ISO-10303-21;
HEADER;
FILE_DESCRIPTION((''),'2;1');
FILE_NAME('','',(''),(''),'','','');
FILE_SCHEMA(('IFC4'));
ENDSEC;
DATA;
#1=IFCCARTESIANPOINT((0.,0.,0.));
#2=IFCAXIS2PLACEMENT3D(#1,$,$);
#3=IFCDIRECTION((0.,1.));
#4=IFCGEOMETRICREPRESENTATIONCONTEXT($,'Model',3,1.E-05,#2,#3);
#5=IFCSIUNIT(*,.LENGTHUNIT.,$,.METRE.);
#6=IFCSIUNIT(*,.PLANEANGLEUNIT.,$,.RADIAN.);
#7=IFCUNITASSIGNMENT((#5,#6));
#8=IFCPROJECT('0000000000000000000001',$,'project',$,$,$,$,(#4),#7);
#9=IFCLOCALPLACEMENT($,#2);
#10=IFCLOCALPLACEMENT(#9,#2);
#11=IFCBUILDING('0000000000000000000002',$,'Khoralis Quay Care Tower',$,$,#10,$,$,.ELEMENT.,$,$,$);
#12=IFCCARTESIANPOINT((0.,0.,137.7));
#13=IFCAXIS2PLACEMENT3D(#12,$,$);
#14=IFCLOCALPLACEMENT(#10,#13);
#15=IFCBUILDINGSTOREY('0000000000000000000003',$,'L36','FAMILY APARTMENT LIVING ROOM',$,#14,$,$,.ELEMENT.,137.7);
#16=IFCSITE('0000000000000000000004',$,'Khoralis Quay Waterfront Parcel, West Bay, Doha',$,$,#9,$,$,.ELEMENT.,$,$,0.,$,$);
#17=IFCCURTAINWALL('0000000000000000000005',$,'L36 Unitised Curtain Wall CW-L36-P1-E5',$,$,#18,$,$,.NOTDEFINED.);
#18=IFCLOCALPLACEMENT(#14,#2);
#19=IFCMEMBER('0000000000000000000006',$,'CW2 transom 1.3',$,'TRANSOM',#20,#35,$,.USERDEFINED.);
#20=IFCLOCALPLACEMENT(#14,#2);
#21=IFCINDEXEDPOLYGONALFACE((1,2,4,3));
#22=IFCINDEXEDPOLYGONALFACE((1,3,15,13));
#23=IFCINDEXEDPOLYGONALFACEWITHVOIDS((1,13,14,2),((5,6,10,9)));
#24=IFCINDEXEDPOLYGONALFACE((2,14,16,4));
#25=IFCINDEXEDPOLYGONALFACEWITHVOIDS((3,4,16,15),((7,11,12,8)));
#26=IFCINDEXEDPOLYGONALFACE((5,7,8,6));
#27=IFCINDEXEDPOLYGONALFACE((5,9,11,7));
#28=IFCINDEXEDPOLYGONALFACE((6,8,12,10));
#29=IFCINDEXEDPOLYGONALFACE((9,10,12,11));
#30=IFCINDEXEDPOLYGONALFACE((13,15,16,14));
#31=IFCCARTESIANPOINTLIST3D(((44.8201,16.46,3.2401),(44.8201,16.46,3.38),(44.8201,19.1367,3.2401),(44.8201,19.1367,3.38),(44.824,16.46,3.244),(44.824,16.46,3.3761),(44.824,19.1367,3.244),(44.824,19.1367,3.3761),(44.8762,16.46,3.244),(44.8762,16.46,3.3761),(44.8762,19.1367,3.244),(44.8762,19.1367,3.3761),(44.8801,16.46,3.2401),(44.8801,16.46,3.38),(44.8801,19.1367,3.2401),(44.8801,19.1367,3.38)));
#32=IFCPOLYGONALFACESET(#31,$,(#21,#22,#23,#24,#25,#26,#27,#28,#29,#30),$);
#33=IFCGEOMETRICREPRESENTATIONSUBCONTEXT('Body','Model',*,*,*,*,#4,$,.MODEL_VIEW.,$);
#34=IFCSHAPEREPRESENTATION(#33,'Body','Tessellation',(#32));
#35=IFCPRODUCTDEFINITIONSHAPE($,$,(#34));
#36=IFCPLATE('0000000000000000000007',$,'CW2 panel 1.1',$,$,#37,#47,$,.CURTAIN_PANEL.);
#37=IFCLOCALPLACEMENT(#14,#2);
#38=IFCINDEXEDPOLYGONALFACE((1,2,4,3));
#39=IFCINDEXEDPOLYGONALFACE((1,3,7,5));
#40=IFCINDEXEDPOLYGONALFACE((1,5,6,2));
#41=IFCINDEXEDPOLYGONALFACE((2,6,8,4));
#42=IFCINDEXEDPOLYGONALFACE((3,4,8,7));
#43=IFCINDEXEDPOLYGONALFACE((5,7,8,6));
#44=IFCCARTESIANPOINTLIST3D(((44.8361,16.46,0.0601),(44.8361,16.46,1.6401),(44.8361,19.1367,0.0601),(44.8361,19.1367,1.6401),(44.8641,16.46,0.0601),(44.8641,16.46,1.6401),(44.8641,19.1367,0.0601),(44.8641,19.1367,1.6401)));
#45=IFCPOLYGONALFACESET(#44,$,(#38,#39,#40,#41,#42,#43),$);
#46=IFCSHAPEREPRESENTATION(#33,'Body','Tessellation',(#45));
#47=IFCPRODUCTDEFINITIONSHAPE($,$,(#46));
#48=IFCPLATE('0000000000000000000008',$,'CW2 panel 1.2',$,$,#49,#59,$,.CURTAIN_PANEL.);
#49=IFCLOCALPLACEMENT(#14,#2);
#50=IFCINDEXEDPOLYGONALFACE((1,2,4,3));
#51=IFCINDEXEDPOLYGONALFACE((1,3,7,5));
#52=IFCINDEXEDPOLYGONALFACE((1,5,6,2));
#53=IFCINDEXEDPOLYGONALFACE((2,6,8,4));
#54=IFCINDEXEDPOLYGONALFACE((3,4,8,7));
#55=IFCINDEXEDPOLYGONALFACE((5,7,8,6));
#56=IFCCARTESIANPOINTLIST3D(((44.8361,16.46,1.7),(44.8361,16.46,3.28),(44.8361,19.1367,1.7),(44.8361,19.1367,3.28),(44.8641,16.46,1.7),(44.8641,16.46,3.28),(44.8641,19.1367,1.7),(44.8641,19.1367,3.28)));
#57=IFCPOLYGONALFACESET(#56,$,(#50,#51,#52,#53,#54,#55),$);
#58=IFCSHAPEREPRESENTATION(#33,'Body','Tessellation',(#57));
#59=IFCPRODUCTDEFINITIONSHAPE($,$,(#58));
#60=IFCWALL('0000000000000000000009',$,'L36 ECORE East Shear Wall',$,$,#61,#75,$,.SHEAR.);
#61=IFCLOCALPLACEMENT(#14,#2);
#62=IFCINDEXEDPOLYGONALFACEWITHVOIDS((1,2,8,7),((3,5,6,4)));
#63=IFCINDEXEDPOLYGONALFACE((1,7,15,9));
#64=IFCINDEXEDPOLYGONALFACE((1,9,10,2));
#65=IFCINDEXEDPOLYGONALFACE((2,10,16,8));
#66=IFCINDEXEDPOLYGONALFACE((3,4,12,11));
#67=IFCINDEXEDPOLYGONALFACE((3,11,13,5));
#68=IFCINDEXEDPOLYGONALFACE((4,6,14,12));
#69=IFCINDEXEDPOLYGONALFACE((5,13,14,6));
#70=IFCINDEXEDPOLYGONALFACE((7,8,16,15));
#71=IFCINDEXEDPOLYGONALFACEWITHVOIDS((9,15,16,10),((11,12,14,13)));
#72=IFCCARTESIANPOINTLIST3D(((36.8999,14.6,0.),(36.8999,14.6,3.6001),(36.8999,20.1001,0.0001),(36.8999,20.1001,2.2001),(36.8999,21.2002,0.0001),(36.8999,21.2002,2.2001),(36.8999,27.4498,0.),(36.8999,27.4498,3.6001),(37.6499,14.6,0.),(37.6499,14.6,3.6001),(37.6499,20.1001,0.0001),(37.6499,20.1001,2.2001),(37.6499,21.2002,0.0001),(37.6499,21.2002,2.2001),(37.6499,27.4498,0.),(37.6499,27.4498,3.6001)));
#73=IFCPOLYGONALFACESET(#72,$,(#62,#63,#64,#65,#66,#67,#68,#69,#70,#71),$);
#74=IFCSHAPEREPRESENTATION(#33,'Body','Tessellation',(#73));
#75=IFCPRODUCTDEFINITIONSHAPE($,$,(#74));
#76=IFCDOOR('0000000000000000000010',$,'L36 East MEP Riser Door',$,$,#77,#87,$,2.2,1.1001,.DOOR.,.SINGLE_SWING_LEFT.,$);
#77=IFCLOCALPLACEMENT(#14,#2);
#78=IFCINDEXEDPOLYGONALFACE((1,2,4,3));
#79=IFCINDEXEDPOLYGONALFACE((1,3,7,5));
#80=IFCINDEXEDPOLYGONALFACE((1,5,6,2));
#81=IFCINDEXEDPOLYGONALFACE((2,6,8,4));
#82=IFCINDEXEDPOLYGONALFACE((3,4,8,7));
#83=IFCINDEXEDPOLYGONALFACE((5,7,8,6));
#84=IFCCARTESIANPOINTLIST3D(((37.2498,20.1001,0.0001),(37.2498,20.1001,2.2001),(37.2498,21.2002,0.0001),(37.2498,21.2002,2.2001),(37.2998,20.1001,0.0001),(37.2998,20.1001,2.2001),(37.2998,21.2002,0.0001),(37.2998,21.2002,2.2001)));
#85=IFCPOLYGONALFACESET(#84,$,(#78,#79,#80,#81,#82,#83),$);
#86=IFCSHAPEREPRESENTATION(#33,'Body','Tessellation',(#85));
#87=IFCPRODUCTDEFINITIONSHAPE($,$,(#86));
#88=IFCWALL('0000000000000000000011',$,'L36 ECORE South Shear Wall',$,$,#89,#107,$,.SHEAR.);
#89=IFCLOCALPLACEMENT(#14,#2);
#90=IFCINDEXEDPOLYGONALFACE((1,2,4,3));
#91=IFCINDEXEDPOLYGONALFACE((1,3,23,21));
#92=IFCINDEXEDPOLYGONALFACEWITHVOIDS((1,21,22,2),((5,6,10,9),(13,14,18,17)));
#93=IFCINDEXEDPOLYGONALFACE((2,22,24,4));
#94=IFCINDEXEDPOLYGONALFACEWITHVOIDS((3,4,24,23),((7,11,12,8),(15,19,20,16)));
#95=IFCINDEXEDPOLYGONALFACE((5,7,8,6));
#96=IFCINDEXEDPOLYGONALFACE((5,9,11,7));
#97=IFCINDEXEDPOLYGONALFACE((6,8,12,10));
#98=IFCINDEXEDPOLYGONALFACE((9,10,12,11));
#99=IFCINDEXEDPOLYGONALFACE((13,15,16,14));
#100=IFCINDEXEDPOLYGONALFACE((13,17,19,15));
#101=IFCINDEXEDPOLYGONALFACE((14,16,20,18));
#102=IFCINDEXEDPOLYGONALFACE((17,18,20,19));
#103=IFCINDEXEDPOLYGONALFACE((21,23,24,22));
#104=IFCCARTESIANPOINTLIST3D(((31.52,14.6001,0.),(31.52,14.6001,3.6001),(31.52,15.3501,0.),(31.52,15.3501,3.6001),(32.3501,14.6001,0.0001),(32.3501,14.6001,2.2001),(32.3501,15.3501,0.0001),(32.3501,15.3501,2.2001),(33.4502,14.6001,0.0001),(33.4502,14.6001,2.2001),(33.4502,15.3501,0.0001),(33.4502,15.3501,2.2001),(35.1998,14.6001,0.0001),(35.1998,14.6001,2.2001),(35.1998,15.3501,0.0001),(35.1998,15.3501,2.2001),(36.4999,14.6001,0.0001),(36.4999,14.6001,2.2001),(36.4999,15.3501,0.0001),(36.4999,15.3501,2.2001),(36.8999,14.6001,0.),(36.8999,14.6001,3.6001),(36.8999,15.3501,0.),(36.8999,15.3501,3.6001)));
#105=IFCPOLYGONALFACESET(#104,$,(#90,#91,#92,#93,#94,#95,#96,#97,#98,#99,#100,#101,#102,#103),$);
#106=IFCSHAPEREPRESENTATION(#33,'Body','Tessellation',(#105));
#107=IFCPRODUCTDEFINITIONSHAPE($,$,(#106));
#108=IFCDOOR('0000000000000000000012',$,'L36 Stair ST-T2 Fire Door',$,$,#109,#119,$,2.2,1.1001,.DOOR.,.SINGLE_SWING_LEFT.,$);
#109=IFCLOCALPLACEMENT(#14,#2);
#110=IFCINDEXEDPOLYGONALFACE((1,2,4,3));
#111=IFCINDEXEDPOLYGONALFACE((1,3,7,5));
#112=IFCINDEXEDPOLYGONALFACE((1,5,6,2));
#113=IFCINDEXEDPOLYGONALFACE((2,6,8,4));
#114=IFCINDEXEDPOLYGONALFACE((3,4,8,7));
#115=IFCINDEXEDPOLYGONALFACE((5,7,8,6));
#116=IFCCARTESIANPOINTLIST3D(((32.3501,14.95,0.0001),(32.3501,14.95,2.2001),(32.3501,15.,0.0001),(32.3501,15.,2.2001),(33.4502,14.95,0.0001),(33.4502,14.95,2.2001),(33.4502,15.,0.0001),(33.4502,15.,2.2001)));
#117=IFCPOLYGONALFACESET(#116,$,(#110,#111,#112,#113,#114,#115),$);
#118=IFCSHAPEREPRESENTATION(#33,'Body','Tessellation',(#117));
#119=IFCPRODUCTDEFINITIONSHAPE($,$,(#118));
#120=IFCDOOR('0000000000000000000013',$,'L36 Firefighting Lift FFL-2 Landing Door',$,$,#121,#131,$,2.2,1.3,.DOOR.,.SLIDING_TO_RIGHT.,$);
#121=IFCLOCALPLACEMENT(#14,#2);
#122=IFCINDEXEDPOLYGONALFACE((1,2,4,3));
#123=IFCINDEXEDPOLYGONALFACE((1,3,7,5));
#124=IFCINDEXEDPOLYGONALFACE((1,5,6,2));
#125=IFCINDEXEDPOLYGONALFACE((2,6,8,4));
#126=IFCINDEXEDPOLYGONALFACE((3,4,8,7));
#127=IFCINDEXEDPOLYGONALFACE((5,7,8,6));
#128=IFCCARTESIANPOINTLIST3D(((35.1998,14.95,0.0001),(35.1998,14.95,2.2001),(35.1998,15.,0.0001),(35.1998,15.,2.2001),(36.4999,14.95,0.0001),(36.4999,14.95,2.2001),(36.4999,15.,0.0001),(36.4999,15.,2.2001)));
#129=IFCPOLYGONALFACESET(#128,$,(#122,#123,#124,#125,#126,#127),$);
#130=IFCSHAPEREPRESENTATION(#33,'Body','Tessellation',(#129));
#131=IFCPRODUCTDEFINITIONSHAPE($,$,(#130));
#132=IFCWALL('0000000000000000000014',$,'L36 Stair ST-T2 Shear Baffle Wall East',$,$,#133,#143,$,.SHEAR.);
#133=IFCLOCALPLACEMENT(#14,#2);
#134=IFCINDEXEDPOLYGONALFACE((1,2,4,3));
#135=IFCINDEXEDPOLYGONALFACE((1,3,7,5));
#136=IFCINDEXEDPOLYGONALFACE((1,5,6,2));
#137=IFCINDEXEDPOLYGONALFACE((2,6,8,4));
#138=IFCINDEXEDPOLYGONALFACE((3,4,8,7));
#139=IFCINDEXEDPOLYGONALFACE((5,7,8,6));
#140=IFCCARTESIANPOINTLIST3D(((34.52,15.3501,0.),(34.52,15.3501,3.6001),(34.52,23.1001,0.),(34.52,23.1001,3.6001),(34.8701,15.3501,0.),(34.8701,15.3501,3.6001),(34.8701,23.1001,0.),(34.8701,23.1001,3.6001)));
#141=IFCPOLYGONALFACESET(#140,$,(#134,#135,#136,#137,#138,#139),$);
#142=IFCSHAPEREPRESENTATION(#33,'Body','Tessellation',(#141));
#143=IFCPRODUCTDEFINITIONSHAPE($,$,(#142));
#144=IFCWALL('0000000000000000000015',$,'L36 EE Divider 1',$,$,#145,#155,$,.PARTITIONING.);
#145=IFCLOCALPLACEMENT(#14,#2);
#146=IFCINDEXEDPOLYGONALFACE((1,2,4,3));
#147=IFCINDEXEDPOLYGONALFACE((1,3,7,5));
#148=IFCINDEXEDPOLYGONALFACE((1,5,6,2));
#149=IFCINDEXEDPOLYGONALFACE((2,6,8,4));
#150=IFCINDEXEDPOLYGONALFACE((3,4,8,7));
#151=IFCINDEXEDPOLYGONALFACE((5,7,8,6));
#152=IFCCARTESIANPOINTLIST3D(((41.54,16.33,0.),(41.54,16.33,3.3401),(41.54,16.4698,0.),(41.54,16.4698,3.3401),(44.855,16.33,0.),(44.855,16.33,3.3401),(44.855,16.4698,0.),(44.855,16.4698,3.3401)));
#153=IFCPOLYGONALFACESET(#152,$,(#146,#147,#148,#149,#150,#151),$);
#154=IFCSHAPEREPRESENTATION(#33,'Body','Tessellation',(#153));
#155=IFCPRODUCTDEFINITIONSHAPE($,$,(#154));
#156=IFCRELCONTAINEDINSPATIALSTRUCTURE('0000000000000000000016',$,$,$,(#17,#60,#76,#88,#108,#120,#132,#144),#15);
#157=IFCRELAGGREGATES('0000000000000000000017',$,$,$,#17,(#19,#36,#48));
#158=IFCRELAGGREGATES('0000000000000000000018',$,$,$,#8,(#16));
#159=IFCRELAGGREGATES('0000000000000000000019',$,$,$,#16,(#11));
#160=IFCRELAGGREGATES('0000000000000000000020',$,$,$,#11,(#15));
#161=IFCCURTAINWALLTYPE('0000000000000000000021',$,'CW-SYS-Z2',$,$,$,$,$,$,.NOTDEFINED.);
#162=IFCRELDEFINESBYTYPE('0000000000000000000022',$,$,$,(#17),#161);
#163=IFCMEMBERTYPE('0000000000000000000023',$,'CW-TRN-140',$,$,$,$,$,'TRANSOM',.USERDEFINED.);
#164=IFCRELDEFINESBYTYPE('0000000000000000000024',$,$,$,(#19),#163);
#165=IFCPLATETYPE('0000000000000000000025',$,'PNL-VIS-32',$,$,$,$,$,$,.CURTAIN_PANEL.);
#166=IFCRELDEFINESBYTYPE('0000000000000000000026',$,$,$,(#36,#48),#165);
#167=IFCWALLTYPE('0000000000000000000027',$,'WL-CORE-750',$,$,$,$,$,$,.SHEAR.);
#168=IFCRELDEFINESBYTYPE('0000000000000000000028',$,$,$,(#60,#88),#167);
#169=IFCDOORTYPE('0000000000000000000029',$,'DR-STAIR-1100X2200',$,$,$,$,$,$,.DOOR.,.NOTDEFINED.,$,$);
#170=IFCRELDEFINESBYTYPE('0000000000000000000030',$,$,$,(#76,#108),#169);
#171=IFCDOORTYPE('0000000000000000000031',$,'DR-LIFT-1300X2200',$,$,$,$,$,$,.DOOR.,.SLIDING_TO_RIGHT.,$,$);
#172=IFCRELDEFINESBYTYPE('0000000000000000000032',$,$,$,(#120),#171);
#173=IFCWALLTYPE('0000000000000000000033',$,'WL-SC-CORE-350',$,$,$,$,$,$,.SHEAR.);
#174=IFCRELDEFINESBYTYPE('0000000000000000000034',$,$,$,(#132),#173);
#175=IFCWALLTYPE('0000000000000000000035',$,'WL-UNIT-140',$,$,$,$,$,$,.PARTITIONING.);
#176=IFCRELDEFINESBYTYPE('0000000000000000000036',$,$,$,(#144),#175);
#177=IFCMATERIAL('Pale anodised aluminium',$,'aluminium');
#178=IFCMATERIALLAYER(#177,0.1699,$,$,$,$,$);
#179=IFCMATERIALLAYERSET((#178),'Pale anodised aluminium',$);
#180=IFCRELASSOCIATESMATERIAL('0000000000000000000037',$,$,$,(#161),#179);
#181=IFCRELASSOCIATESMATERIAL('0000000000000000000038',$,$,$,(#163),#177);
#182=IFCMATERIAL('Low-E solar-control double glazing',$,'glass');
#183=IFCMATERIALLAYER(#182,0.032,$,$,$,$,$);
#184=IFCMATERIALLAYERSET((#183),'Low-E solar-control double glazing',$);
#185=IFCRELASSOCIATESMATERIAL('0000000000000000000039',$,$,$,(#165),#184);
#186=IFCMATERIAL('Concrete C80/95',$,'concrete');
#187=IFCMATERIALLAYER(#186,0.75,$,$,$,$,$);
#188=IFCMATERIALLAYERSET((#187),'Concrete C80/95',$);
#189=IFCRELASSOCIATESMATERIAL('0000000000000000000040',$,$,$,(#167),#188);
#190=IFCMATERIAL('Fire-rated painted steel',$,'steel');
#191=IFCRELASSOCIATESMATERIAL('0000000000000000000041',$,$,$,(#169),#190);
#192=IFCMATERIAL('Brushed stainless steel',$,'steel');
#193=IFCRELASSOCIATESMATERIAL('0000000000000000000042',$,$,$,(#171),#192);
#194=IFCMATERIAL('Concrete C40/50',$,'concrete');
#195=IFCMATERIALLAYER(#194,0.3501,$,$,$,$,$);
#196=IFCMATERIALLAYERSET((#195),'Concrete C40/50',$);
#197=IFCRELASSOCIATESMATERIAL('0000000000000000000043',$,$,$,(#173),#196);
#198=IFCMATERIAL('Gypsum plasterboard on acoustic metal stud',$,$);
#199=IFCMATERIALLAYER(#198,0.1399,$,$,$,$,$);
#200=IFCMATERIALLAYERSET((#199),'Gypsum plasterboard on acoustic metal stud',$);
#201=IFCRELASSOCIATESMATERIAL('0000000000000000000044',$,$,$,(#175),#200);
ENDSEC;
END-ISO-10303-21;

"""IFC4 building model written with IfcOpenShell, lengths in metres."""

from ifc_helpers import new_model, si_unit, direction, frame, frame_2d, origin, origin_2d, place, context, subcontext, project, spatial, rectangle, hollow_rectangle, extrude, source, transform, mapped, material, layer, layer_set, material_profile, profile_set, type_object, element, fill, aggregate, save


model = new_model("IFC4")

# Units and contexts
model_context = context("Model", 3, precision=1e-05, world=origin(), true_north=direction((0.0, 1.0)))
body_context = subcontext(model_context, "Body", "Model", "MODEL_VIEW")
ifc_project = project(units=[si_unit("LENGTHUNIT", "METRE"), si_unit("PLANEANGLEUNIT", "RADIAN")], contexts=[model_context])

# Site, building, storey
site_placement = place(None, origin())
site = spatial("IfcSite", under=ifc_project, at=site_placement, Name="Khoralis Quay Waterfront Parcel, West Bay, Doha", CompositionType="ELEMENT", RefElevation=0.0)
building_placement = place(site_placement, origin())
building = spatial("IfcBuilding", under=site, at=building_placement, Name="Khoralis Quay Care Tower", CompositionType="ELEMENT")
storey_placement = place(building_placement, frame((0.0, 0.0, 137.7)))
storey = spatial("IfcBuildingStorey", under=building, at=storey_placement, Name="L36", Description="FAMILY APARTMENT LIVING ROOM", CompositionType="ELEMENT", Elevation=137.7)

# Curtain wall, member, plates
ifc_material_1 = material(Name="Pale anodised aluminium", Category="aluminium")
ifc_layer_1 = layer(ifc_material_1, 0.1699)
ifc_layer_set_1 = layer_set([ifc_layer_1], Name="Pale anodised aluminium")
curtain_wall_type = type_object("IfcCurtainWallType", Name="CW-SYS-Z2", PredefinedType="NOTDEFINED", material=ifc_layer_set_1)
curtain_wall_placement = place(storey_placement, origin())
curtain_wall = element("IfcCurtainWall", 1, at=curtain_wall_placement, inside=storey, type_object=curtain_wall_type, Name="L36 Unitised Curtain Wall CW-L36-P1-E5", PredefinedType="NOTDEFINED")
ifc_material_profile_1 = material_profile(ifc_material_1, hollow_rectangle(XDim=0.0601, YDim=0.1399, WallThickness=0.0039, at=origin_2d()), Name="Pale anodised aluminium")
ifc_profile_set_1 = profile_set([ifc_material_profile_1], Name="Pale anodised aluminium")
member_type_1 = type_object("IfcMemberType", Name="CW-TRN-140", ElementType="TRANSOM", PredefinedType="USERDEFINED", material=ifc_profile_set_1)
shared_shape_1 = source(origin(), body_context, "Body", "SweptSolid", [
    extrude(hollow_rectangle(XDim=0.0601, YDim=0.1399, WallThickness=0.0039, at=origin_2d()), origin(), (0.0, 0.0, 1.0), 2.6768),
])
member_1_placement = place(storey_placement, frame((44.8501, 16.46, 3.3101), z_axis=(0.0, 1.0, 0.0), x_axis=(-1.0, 0.0, 0.0)))
member_1 = element("IfcMember", 2, at=member_1_placement, type_object=member_type_1, Name="CW2 transom 1.3", ObjectType="TRANSOM", PredefinedType="USERDEFINED", context=body_context, shape_type="MappedRepresentation", body=[
    mapped(shared_shape_1, transform((0.0, 0.0, 0.0), scale=1.0)),
])
ifc_material_2 = material(Name="Low-E solar-control double glazing", Category="glass")
ifc_layer_2 = layer(ifc_material_2, 0.032)
ifc_layer_set_2 = layer_set([ifc_layer_2], Name="Low-E solar-control double glazing")
plate_type = type_object("IfcPlateType", Name="PNL-VIS-32", PredefinedType="CURTAIN_PANEL", material=ifc_layer_set_2)
shared_shape_2 = source(origin(), body_context, "Body", "SweptSolid", [
    extrude(rectangle(XDim=2.6768, YDim=0.0281, at=origin_2d()), origin(), (0.0, 0.0, 1.0), 1.5801),
])
plate_1_placement = place(storey_placement, frame((44.8501, 17.7983, 0.0601), z_axis=(0.0, 0.0, 1.0), x_axis=(0.0, 1.0, 0.0)))
plate_1 = element("IfcPlate", 3, at=plate_1_placement, type_object=plate_type, Name="CW2 panel 1.1", PredefinedType="CURTAIN_PANEL", context=body_context, shape_type="MappedRepresentation", body=[
    mapped(shared_shape_2, transform((0.0, 0.0, 0.0), scale=1.0)),
])
plate_2_placement = place(storey_placement, frame((44.8501, 17.7983, 1.7), z_axis=(0.0, 0.0, 1.0), x_axis=(0.0, 1.0, 0.0)))
plate_2 = element("IfcPlate", 4, at=plate_2_placement, type_object=plate_type, Name="CW2 panel 1.2", PredefinedType="CURTAIN_PANEL", context=body_context, shape_type="MappedRepresentation", body=[
    mapped(shared_shape_2, transform((0.0, 0.0, 0.0), scale=1.0)),
])
aggregate(curtain_wall, [member_1, plate_1, plate_2])

# Wall, opening, door
ifc_material_3 = material(Name="Concrete C80/95", Category="concrete")
ifc_layer_3 = layer(ifc_material_3, 0.75)
ifc_layer_set_3 = layer_set([ifc_layer_3], Name="Concrete C80/95")
wall_type_1 = type_object("IfcWallType", Name="WL-CORE-750", PredefinedType="SHEAR", material=ifc_layer_set_3)
wall_1_placement = place(storey_placement, frame((37.2749, 14.6001, 0.0), z_axis=(0.0, 0.0, 1.0), x_axis=(0.0, 1.0, 0.0)))
wall_1 = element("IfcWall", 5, at=wall_1_placement, inside=storey, type_object=wall_type_1, Name="L36 ECORE East Shear Wall", PredefinedType="SHEAR", context=body_context, shape_type="SweptSolid", body=[
    extrude(rectangle(XDim=12.8499, YDim=0.75, at=frame_2d((6.4248, 0.0))), origin(), (0.0, 0.0, 1.0), 3.6001),
])
opening_1_placement = place(wall_1_placement, frame((5.5, 0.0, 0.0)))
opening_1 = element("IfcOpeningElement", 6, at=opening_1_placement, cuts=wall_1, PredefinedType="OPENING", context=body_context, shape_type="SweptSolid", body=[
    extrude(rectangle(XDim=1.1001, YDim=2.2, at=frame_2d((0.55, 1.1001))), frame((0.0, 0.385, 0.0), z_axis=(0.0, -1.0, 0.0), x_axis=(1.0, 0.0, 0.0)), (0.0, 0.0, 1.0), 0.77),
])
ifc_material_4 = material(Name="Fire-rated painted steel", Category="steel")
door_type_1 = type_object("IfcDoorType", Name="DR-STAIR-1100X2200", OperationType="NOTDEFINED", PredefinedType="DOOR", material=ifc_material_4)
shared_shape_3 = source(origin(), body_context, "Body", "SweptSolid", [
    extrude(rectangle(XDim=1.1001, YDim=2.2, at=frame_2d((0.55, 1.1001))), frame((0.0, 0.0249, 0.0), z_axis=(0.0, -1.0, 0.0), x_axis=(1.0, 0.0, 0.0)), (0.0, 0.0, 1.0), 0.05),
])
door_1_placement = place(opening_1_placement, frame((1.1001, 0.0, 0.0), z_axis=(0.0, 0.0, 1.0), x_axis=(-1.0, 0.0, 0.0)))
door_1 = element("IfcDoor", 7, at=door_1_placement, inside=storey, type_object=door_type_1, Name="L36 East MEP Riser Door", OperationType="SINGLE_SWING_LEFT", OverallHeight=2.2, OverallWidth=1.1001, PredefinedType="DOOR", context=body_context, shape_type="MappedRepresentation", body=[
    mapped(shared_shape_3, transform((0.0, 0.0, 0.0), scale=1.0)),
])
fill(opening_1, door_1)

# Wall, openings, doors
wall_2_placement = place(storey_placement, frame((31.52, 14.9751, 0.0), z_axis=(0.0, 0.0, 1.0), x_axis=(1.0, 0.0, 0.0)))
wall_2 = element("IfcWall", 8, at=wall_2_placement, inside=storey, type_object=wall_type_1, Name="L36 ECORE South Shear Wall", PredefinedType="SHEAR", context=body_context, shape_type="SweptSolid", body=[
    extrude(rectangle(XDim=5.3799, YDim=0.75, at=frame_2d((2.6899, 0.0))), origin(), (0.0, 0.0, 1.0), 3.6001),
])
opening_2_placement = place(wall_2_placement, frame((0.8301, 0.0, 0.0)))
opening_2 = element("IfcOpeningElement", 9, at=opening_2_placement, cuts=wall_2, PredefinedType="OPENING", context=body_context, shape_type="SweptSolid", body=[
    extrude(rectangle(XDim=1.1001, YDim=2.2, at=frame_2d((0.55, 1.1001))), frame((0.0, 0.385, 0.0), z_axis=(0.0, -1.0, 0.0), x_axis=(1.0, 0.0, 0.0)), (0.0, 0.0, 1.0), 0.77),
])
opening_3_placement = place(wall_2_placement, frame((3.6799, 0.0, 0.0)))
opening_3 = element("IfcOpeningElement", 10, at=opening_3_placement, cuts=wall_2, PredefinedType="OPENING", context=body_context, shape_type="SweptSolid", body=[
    extrude(rectangle(XDim=1.3, YDim=2.2, at=frame_2d((0.6499, 1.1001))), frame((0.0, 0.385, 0.0), z_axis=(0.0, -1.0, 0.0), x_axis=(1.0, 0.0, 0.0)), (0.0, 0.0, 1.0), 0.77),
])
door_2_placement = place(opening_2_placement, origin())
door_2 = element("IfcDoor", 11, at=door_2_placement, inside=storey, type_object=door_type_1, Name="L36 Stair ST-T2 Fire Door", OperationType="SINGLE_SWING_LEFT", OverallHeight=2.2, OverallWidth=1.1001, PredefinedType="DOOR", context=body_context, shape_type="MappedRepresentation", body=[
    mapped(shared_shape_3, transform((0.0, 0.0, 0.0), scale=1.0)),
])
fill(opening_2, door_2)
ifc_material_5 = material(Name="Brushed stainless steel", Category="steel")
door_type_2 = type_object("IfcDoorType", Name="DR-LIFT-1300X2200", OperationType="SLIDING_TO_RIGHT", PredefinedType="DOOR", material=ifc_material_5)
shared_shape_4 = source(origin(), body_context, "Body", "SweptSolid", [
    extrude(rectangle(XDim=1.3, YDim=2.2, at=frame_2d((0.6499, 1.1001))), frame((0.0, 0.0249, 0.0), z_axis=(0.0, -1.0, 0.0), x_axis=(1.0, 0.0, 0.0)), (0.0, 0.0, 1.0), 0.05),
])
door_3_placement = place(opening_3_placement, origin())
door_3 = element("IfcDoor", 12, at=door_3_placement, inside=storey, type_object=door_type_2, Name="L36 Firefighting Lift FFL-2 Landing Door", OperationType="SLIDING_TO_RIGHT", OverallHeight=2.2, OverallWidth=1.3, PredefinedType="DOOR", context=body_context, shape_type="MappedRepresentation", body=[
    mapped(shared_shape_4, transform((0.0, 0.0, 0.0), scale=1.0)),
])
fill(opening_3, door_3)

# Walls
ifc_material_6 = material(Name="Concrete C40/50", Category="concrete")
ifc_layer_4 = layer(ifc_material_6, 0.3501)
ifc_layer_set_4 = layer_set([ifc_layer_4], Name="Concrete C40/50")
wall_type_2 = type_object("IfcWallType", Name="WL-SC-CORE-350", PredefinedType="SHEAR", material=ifc_layer_set_4)
wall_3_placement = place(storey_placement, frame((34.6951, 15.3501, 0.0), z_axis=(0.0, 0.0, 1.0), x_axis=(0.0, 1.0, 0.0)))
element("IfcWall", 13, at=wall_3_placement, inside=storey, type_object=wall_type_2, Name="L36 Stair ST-T2 Shear Baffle Wall East", PredefinedType="SHEAR", context=body_context, shape_type="SweptSolid", body=[
    extrude(rectangle(XDim=7.75, YDim=0.3501, at=frame_2d((3.875, 0.0))), origin(), (0.0, 0.0, 1.0), 3.6001),
])
ifc_material_7 = material(Name="Gypsum plasterboard on acoustic metal stud")
ifc_layer_5 = layer(ifc_material_7, 0.1399)
ifc_layer_set_5 = layer_set([ifc_layer_5], Name="Gypsum plasterboard on acoustic metal stud")
wall_type_3 = type_object("IfcWallType", Name="WL-UNIT-140", PredefinedType="PARTITIONING", material=ifc_layer_set_5)
wall_4_placement = place(storey_placement, frame((41.54, 16.3999, 0.0), z_axis=(0.0, 0.0, 1.0), x_axis=(1.0, 0.0, 0.0)))
element("IfcWall", 14, at=wall_4_placement, inside=storey, type_object=wall_type_3, Name="L36 EE Divider 1", PredefinedType="PARTITIONING", context=body_context, shape_type="SweptSolid", body=[
    extrude(rectangle(XDim=3.3149, YDim=0.1399, at=frame_2d((1.6575, 0.0))), origin(), (0.0, 0.0, 1.0), 3.3401),
])

save(model, "model.ifc")
